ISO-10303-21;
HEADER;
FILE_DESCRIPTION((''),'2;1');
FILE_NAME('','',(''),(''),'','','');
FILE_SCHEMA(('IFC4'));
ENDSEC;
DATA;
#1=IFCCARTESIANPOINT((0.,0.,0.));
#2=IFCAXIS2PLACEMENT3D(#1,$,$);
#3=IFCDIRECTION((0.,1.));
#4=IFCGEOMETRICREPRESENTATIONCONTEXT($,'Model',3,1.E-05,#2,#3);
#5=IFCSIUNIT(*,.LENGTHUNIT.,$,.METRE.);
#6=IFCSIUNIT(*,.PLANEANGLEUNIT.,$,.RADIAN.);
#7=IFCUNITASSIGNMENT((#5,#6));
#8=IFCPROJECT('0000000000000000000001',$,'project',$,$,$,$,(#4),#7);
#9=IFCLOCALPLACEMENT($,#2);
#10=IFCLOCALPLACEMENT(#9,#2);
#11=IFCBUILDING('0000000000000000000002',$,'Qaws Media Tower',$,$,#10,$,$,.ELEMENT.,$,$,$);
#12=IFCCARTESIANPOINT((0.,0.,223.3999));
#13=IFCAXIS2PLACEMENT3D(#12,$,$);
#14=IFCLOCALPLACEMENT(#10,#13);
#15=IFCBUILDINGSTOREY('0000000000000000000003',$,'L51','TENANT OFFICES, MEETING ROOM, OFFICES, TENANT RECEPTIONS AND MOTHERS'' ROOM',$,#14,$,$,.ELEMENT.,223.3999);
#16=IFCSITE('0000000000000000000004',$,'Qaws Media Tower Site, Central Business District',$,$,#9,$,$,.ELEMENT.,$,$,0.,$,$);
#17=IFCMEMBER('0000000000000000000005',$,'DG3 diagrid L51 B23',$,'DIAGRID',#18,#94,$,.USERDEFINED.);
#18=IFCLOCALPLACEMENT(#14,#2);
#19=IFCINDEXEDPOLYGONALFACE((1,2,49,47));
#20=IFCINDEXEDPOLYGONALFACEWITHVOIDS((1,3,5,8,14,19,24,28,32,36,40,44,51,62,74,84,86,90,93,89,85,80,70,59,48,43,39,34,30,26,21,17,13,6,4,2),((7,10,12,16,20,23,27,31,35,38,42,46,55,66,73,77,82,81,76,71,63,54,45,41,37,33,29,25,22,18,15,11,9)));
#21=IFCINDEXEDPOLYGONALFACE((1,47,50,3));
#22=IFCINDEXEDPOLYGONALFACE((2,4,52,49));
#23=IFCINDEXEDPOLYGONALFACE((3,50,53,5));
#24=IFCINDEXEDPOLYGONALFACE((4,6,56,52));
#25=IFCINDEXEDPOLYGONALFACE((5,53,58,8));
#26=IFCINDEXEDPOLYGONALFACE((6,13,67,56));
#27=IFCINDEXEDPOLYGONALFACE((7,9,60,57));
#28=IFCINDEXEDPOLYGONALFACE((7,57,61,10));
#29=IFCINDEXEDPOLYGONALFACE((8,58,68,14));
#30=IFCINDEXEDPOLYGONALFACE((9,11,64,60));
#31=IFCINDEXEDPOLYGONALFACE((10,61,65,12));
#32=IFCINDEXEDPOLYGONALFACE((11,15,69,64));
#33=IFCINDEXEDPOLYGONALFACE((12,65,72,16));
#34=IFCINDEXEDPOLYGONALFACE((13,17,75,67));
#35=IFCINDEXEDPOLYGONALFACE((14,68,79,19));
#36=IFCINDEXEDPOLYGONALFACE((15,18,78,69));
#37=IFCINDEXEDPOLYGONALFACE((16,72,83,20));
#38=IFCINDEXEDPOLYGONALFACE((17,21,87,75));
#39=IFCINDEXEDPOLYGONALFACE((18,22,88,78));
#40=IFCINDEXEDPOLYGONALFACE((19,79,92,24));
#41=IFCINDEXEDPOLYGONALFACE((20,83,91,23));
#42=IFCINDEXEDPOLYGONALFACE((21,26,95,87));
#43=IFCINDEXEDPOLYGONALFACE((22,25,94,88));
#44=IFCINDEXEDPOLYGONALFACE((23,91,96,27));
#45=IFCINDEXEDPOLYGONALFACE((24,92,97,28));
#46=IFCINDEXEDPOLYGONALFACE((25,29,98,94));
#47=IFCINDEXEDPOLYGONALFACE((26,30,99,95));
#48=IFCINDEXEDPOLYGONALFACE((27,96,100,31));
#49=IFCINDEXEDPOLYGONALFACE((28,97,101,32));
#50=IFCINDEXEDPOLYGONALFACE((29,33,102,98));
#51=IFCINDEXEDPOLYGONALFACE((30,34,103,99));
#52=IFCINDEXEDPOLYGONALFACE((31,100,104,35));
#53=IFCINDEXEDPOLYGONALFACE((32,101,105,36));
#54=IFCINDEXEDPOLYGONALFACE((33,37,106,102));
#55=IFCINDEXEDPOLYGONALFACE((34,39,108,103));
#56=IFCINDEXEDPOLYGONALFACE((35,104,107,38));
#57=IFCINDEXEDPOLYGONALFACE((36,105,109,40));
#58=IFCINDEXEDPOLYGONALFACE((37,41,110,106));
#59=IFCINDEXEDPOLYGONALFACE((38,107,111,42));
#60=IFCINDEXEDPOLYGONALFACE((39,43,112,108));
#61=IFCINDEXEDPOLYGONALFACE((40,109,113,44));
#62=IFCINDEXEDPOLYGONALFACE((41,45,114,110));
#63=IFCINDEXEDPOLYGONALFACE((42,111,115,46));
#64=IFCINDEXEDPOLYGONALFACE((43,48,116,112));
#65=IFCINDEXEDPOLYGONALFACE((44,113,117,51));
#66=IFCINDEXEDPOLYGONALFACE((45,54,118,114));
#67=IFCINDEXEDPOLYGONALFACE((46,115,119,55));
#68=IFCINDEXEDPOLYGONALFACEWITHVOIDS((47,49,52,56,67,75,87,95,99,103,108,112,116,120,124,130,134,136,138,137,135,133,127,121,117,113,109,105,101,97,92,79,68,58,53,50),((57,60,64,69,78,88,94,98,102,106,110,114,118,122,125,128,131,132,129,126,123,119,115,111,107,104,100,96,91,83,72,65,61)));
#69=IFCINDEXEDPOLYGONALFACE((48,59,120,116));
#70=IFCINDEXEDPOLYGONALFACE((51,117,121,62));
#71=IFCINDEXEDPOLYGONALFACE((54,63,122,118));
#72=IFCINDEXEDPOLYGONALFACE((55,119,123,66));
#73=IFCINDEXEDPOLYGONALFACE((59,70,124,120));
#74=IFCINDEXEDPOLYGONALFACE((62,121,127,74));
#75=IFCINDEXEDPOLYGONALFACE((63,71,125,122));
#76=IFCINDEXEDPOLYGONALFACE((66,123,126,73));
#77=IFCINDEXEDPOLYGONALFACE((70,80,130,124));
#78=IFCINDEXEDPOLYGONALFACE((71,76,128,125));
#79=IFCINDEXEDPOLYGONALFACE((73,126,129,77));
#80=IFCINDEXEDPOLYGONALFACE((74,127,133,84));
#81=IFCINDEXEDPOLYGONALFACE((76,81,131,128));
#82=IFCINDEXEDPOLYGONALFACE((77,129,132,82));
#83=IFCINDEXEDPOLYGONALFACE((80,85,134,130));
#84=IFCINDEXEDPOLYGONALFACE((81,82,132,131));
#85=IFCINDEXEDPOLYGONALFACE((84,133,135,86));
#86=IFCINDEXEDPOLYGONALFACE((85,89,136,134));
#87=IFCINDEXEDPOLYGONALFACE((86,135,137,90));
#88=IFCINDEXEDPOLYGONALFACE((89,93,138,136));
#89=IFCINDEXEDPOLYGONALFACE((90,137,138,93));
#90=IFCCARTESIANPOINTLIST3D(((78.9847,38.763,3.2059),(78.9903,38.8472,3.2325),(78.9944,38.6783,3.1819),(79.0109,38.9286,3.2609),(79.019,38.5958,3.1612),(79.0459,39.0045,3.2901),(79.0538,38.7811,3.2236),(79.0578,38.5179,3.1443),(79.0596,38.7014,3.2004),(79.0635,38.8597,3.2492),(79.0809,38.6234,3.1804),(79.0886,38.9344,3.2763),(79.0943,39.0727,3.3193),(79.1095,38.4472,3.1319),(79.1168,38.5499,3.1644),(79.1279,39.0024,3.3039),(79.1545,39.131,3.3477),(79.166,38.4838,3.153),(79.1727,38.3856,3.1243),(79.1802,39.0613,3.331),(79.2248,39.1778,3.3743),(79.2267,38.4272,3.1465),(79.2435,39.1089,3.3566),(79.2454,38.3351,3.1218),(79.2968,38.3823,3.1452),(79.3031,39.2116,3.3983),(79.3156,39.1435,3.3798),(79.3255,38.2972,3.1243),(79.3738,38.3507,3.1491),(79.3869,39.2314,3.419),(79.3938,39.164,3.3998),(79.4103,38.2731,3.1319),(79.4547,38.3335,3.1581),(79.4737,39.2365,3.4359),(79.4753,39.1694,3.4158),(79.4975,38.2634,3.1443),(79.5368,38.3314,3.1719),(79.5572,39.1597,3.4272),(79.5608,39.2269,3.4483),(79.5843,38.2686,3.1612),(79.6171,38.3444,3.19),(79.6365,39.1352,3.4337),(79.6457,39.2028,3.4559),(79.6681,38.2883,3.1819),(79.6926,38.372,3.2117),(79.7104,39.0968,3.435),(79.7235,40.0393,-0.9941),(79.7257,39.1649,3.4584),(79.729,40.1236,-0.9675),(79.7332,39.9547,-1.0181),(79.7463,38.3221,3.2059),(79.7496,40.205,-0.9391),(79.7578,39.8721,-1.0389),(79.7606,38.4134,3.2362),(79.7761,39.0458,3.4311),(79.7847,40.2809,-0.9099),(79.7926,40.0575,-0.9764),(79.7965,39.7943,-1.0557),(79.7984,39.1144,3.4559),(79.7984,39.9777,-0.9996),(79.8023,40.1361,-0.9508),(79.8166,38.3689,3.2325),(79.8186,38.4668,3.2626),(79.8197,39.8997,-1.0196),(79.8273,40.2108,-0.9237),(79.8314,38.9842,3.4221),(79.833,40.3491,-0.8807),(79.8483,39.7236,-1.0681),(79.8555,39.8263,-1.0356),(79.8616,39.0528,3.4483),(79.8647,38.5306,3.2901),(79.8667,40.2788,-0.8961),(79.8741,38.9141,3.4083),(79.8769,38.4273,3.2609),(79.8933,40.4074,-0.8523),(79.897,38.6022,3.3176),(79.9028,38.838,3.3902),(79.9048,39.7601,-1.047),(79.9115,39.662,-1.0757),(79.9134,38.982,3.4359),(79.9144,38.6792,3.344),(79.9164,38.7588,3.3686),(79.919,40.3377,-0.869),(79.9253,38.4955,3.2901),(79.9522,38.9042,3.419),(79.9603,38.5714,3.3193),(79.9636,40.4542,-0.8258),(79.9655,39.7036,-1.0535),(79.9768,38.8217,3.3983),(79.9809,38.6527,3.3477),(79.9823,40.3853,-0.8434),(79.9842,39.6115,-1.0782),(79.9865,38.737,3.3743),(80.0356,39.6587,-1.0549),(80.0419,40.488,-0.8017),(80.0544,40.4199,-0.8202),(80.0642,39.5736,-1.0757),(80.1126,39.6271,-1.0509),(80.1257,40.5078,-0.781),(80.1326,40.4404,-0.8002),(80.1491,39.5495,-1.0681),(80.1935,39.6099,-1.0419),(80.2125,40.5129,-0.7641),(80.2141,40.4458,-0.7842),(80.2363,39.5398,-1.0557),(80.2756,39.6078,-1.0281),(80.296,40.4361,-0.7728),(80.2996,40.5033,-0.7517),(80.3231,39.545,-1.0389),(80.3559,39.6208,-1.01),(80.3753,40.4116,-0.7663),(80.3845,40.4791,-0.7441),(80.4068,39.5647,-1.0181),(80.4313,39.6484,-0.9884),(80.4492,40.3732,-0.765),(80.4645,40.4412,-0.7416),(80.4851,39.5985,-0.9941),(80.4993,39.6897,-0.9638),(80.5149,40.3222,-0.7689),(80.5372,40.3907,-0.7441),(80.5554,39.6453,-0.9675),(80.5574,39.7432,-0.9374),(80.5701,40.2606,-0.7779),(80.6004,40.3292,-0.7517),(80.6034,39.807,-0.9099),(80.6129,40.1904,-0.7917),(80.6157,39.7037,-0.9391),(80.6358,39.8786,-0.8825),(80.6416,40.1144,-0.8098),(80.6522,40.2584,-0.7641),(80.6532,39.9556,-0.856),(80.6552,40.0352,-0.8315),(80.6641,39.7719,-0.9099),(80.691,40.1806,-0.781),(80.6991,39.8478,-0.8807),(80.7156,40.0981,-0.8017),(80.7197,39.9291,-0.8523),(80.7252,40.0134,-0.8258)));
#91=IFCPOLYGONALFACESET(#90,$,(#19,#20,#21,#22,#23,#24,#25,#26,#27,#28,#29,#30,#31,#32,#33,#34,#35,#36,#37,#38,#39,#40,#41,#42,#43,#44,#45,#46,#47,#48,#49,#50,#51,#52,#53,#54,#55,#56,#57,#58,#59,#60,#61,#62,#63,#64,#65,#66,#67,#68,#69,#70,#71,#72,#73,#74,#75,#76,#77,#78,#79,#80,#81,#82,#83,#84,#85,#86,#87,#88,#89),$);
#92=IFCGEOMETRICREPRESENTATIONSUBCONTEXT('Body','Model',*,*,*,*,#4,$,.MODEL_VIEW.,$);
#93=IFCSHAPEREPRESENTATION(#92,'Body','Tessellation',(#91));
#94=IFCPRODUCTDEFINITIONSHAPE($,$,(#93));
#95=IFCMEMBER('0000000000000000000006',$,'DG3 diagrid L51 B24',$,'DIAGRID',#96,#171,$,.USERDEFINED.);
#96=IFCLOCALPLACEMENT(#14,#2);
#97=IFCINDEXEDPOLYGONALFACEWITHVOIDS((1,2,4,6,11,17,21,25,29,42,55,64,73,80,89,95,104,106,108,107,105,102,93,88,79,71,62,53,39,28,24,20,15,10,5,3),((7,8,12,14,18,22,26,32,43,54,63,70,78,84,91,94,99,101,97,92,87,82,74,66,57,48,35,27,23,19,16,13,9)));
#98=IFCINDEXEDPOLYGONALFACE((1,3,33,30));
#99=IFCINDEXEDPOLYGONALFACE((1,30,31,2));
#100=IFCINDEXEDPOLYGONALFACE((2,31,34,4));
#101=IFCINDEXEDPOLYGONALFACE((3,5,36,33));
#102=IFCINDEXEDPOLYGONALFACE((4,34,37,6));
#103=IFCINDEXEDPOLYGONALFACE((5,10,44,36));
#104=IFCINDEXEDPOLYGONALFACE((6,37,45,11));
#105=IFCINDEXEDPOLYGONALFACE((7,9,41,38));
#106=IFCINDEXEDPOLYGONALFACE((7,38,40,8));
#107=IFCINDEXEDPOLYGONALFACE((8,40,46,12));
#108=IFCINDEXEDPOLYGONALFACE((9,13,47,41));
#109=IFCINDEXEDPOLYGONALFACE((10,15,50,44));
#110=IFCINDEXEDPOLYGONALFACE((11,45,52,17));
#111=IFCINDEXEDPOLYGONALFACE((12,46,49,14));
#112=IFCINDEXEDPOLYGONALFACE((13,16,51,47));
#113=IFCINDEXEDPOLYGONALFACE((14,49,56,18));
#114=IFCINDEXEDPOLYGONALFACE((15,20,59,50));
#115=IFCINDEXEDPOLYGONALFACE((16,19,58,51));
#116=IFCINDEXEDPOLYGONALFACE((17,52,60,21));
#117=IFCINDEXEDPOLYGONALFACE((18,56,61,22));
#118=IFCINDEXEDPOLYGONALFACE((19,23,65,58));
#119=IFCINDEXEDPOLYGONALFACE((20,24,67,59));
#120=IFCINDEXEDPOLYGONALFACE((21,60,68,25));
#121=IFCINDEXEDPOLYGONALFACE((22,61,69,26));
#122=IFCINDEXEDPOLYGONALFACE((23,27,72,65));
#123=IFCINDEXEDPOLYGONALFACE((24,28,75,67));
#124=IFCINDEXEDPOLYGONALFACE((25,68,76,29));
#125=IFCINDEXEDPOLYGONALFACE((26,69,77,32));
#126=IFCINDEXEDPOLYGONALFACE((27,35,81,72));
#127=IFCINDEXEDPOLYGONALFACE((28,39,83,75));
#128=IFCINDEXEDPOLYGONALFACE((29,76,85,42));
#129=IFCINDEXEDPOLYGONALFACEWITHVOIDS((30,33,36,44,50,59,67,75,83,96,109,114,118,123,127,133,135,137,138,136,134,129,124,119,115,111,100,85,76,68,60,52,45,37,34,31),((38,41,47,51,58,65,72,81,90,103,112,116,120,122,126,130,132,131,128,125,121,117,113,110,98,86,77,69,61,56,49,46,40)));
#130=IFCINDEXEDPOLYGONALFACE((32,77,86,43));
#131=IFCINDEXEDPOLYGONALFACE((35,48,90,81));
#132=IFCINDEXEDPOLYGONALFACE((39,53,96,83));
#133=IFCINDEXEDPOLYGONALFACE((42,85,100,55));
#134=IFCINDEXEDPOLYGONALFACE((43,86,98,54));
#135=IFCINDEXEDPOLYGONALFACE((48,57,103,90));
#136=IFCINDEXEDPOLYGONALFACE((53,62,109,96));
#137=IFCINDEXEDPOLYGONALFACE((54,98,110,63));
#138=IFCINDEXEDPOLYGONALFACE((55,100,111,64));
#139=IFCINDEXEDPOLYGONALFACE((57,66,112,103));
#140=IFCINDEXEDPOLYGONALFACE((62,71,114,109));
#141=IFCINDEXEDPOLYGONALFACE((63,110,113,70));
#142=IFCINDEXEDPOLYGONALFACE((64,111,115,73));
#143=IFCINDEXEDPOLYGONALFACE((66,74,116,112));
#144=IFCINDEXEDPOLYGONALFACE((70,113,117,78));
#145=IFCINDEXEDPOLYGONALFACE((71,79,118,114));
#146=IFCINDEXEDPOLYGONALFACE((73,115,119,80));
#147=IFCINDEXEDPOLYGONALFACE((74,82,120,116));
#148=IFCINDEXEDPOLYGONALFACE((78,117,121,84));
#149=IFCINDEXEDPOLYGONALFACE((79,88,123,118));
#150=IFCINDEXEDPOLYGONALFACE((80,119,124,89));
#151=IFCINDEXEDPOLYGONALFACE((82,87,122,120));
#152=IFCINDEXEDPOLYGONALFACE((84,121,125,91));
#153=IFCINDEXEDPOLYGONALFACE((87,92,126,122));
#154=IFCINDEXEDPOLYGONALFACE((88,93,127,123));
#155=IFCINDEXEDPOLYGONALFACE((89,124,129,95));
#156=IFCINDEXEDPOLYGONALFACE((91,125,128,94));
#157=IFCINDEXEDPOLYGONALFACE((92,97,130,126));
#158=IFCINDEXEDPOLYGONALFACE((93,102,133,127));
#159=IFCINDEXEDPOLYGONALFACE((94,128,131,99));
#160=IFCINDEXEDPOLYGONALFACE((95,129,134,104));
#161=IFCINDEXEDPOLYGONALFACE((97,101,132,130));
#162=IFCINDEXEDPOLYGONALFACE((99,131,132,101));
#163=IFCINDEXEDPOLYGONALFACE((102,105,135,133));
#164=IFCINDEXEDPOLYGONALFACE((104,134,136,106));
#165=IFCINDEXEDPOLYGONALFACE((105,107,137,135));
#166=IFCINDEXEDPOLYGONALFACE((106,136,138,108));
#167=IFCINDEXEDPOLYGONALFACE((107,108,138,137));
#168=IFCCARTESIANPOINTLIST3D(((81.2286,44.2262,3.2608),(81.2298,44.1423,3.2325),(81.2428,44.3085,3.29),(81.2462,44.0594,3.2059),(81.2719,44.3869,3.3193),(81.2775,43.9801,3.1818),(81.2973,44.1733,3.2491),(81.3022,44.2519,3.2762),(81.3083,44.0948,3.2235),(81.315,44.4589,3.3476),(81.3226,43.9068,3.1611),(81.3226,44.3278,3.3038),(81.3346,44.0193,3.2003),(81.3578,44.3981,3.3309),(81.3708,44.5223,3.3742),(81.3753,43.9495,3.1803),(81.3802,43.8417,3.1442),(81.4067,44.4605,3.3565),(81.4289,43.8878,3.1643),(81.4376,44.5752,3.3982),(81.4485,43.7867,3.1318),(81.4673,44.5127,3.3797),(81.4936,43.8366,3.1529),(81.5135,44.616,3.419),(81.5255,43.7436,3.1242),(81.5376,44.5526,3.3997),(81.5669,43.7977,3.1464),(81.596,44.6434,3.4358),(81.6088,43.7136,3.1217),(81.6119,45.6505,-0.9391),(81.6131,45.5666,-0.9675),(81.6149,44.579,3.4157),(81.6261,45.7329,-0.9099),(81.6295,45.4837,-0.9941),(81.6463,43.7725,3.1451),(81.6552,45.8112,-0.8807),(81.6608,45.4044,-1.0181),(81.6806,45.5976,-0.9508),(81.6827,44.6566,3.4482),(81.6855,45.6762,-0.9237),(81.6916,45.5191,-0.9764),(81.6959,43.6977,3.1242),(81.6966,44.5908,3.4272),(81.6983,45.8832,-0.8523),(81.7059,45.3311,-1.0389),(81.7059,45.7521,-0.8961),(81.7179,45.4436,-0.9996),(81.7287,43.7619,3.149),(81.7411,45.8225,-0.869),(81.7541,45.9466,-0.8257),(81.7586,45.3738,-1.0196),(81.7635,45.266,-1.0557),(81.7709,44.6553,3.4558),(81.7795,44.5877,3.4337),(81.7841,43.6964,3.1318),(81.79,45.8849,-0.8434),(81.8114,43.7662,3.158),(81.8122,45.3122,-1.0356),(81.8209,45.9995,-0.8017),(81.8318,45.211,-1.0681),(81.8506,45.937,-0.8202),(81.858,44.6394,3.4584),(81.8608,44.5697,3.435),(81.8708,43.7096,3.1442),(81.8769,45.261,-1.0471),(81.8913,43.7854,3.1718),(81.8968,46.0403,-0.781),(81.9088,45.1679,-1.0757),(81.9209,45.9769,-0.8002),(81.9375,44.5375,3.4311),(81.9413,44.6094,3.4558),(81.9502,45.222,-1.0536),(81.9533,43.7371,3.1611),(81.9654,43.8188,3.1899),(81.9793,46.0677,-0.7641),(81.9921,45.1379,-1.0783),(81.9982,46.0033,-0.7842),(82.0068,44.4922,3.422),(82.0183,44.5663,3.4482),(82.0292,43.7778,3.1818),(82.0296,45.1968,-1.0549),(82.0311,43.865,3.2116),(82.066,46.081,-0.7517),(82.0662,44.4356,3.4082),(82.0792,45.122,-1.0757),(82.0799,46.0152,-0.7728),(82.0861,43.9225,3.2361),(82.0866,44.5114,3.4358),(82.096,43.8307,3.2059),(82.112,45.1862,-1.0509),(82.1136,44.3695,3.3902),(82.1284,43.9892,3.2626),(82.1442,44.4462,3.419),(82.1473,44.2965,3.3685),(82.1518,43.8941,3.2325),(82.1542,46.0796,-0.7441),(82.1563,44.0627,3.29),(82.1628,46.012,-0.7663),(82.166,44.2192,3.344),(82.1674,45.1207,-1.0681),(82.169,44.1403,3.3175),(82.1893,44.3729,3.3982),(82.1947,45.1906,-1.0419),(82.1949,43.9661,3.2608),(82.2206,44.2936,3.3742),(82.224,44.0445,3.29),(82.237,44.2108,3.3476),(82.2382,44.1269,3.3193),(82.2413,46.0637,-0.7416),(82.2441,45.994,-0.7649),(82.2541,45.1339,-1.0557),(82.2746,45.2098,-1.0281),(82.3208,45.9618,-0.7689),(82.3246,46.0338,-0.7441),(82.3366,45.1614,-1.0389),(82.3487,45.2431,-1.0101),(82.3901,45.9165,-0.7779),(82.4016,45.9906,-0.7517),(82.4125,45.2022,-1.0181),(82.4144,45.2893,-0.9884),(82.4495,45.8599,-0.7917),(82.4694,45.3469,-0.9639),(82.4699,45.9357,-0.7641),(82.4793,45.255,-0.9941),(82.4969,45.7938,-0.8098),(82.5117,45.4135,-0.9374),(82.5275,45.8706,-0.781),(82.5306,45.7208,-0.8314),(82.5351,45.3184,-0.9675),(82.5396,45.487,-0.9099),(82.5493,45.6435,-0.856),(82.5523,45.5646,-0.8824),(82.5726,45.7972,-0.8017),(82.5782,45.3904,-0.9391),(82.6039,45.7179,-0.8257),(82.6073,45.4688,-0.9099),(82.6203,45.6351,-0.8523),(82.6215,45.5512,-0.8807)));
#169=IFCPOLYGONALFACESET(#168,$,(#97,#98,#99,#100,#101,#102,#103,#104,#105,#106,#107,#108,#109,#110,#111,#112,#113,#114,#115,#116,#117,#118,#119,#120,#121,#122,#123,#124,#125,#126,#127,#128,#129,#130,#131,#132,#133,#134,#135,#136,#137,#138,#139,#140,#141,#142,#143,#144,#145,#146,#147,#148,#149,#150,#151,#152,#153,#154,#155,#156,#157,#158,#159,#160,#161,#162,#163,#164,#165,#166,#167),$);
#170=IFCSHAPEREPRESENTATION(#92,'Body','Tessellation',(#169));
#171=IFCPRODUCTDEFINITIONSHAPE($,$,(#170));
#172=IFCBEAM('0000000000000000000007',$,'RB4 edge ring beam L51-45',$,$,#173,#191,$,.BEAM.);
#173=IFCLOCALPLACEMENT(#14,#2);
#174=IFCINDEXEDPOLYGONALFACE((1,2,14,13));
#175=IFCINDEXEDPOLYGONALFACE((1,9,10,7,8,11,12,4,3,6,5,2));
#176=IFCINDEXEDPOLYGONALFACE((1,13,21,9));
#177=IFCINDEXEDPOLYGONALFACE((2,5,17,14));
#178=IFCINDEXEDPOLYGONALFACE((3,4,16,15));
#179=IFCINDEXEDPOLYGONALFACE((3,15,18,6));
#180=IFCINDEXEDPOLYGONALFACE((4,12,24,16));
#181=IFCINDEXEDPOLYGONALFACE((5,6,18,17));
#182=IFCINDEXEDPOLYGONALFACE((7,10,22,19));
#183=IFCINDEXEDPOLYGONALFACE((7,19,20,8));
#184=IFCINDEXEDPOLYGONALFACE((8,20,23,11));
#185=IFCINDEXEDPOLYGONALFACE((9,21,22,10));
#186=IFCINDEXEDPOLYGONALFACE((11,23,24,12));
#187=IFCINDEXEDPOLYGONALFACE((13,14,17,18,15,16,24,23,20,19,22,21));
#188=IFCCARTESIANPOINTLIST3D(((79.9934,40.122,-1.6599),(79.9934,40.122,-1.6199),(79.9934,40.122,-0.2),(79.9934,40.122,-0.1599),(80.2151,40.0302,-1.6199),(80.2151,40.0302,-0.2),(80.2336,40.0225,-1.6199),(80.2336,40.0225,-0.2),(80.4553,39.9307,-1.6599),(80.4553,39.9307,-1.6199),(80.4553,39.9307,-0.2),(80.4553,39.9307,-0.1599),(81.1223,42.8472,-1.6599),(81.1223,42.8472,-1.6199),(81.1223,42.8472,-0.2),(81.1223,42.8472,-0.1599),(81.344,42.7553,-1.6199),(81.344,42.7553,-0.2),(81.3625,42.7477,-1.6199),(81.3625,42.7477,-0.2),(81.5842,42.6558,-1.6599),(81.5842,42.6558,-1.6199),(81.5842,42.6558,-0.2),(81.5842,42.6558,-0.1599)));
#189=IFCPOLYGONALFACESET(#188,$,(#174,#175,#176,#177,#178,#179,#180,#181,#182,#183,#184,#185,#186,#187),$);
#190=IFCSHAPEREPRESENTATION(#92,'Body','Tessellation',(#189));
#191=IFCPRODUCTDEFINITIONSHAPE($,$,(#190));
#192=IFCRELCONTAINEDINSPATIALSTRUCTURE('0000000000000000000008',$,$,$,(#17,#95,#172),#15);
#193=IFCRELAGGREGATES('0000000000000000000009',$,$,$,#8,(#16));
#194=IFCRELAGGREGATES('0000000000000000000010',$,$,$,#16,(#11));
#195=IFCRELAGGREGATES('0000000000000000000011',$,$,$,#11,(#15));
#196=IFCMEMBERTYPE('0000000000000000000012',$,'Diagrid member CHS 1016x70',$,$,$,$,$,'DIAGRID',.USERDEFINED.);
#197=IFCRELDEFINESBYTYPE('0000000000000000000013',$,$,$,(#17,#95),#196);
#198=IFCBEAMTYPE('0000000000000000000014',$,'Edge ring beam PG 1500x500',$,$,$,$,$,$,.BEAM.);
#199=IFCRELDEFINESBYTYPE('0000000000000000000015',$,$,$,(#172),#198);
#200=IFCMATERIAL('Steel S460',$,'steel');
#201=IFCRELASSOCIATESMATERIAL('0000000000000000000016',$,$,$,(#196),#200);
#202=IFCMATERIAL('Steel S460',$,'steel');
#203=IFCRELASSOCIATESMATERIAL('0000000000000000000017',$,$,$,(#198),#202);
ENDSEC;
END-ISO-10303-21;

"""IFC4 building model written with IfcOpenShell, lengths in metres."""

from ifc_helpers import new_model, si_unit, direction, frame, origin, origin_2d, place, context, subcontext, project, spatial, hollow_circle, i_section, extrude, material, material_profile, profile_set, type_object, element, save


model = new_model("IFC4")

# Units and contexts
model_context = context("Model", 3, precision=1e-05, world=origin(), true_north=direction((0.0, 1.0)))
body_context = subcontext(model_context, "Body", "Model", "MODEL_VIEW")
ifc_project = project(units=[si_unit("LENGTHUNIT", "METRE"), si_unit("PLANEANGLEUNIT", "RADIAN")], contexts=[model_context])

# Site, building, storey
site_placement = place(None, origin())
site = spatial("IfcSite", under=ifc_project, at=site_placement, Name="Qaws Media Tower Site, Central Business District", CompositionType="ELEMENT", RefElevation=0.0)
building_placement = place(site_placement, origin())
building = spatial("IfcBuilding", under=site, at=building_placement, Name="Qaws Media Tower", CompositionType="ELEMENT")
storey_placement = place(building_placement, frame((0.0, 0.0, 223.3999)))
storey = spatial("IfcBuildingStorey", under=building, at=storey_placement, Name="L51", Description="TENANT OFFICES, MEETING ROOM, OFFICES, TENANT RECEPTIONS AND MOTHERS' ROOM", CompositionType="ELEMENT", Elevation=223.3999)

# Members
ifc_material_1 = material(Name="Steel S460", Category="steel")
ifc_material_profile_1 = material_profile(ifc_material_1, hollow_circle(Radius=0.5081, WallThickness=0.0701, at=origin_2d()), Name="CHS 1016x70")
ifc_profile_set_1 = profile_set([ifc_material_profile_1], Name="Steel S460")
member_type_1 = type_object("IfcMemberType", Name="Diagrid member CHS 1016x70", ElementType="DIAGRID", PredefinedType="USERDEFINED", material=ifc_profile_set_1)
for number, where, z_axis, x_axis, name in (
    (1, (80.2244, 40.0264, -0.9099), (-0.165965, -0.286737, 0.943524), (0.865479, -0.500945, 0.0), "DG3 diagrid L51 B23"),
    (2, (82.1167, 45.6008, -0.9099), (-0.086107, -0.319969, 0.943507), (0.965645, -0.259867, 0.0), "DG3 diagrid L51 B24"),
):
    element("IfcMember", number, at=place(storey_placement, frame(where, z_axis=z_axis, x_axis=x_axis)), inside=storey, type_object=member_type_1, Name=name, ObjectType="DIAGRID", PredefinedType="USERDEFINED", context=body_context, shape_type="SweptSolid", body=[
        extrude(hollow_circle(Radius=0.5081, WallThickness=0.0701, at=origin_2d()), origin(), (0.0, 0.0, 1.0), 4.4514),
    ])

# Beam
ifc_material_2 = material(Name="Steel S460", Category="steel")
ifc_material_profile_2 = material_profile(ifc_material_2, i_section(OverallWidth=0.5, OverallDepth=1.5, WebThickness=0.02, FlangeThickness=0.04, at=origin_2d()), Name="PG 1500x500")
ifc_profile_set_2 = profile_set([ifc_material_profile_2], Name="Steel S460")
beam_type_1 = type_object("IfcBeamType", Name="Edge ring beam PG 1500x500", PredefinedType="BEAM", material=ifc_profile_set_2)
beam_1_placement = place(storey_placement, frame((80.2244, 40.0264, -0.9099), z_axis=(0.382722, 0.923863, 0.0), x_axis=(-0.923863, 0.382722, 0.0)))
element("IfcBeam", 3, at=beam_1_placement, inside=storey, type_object=beam_type_1, Name="RB4 edge ring beam L51-45", PredefinedType="BEAM", context=body_context, shape_type="SweptSolid", body=[
    extrude(i_section(OverallWidth=0.5, OverallDepth=1.5, WebThickness=0.02, FlangeThickness=0.04, at=origin_2d()), origin(), (0.0, 0.0, 1.0), 2.9497),
])

save(model, "model.ifc")
